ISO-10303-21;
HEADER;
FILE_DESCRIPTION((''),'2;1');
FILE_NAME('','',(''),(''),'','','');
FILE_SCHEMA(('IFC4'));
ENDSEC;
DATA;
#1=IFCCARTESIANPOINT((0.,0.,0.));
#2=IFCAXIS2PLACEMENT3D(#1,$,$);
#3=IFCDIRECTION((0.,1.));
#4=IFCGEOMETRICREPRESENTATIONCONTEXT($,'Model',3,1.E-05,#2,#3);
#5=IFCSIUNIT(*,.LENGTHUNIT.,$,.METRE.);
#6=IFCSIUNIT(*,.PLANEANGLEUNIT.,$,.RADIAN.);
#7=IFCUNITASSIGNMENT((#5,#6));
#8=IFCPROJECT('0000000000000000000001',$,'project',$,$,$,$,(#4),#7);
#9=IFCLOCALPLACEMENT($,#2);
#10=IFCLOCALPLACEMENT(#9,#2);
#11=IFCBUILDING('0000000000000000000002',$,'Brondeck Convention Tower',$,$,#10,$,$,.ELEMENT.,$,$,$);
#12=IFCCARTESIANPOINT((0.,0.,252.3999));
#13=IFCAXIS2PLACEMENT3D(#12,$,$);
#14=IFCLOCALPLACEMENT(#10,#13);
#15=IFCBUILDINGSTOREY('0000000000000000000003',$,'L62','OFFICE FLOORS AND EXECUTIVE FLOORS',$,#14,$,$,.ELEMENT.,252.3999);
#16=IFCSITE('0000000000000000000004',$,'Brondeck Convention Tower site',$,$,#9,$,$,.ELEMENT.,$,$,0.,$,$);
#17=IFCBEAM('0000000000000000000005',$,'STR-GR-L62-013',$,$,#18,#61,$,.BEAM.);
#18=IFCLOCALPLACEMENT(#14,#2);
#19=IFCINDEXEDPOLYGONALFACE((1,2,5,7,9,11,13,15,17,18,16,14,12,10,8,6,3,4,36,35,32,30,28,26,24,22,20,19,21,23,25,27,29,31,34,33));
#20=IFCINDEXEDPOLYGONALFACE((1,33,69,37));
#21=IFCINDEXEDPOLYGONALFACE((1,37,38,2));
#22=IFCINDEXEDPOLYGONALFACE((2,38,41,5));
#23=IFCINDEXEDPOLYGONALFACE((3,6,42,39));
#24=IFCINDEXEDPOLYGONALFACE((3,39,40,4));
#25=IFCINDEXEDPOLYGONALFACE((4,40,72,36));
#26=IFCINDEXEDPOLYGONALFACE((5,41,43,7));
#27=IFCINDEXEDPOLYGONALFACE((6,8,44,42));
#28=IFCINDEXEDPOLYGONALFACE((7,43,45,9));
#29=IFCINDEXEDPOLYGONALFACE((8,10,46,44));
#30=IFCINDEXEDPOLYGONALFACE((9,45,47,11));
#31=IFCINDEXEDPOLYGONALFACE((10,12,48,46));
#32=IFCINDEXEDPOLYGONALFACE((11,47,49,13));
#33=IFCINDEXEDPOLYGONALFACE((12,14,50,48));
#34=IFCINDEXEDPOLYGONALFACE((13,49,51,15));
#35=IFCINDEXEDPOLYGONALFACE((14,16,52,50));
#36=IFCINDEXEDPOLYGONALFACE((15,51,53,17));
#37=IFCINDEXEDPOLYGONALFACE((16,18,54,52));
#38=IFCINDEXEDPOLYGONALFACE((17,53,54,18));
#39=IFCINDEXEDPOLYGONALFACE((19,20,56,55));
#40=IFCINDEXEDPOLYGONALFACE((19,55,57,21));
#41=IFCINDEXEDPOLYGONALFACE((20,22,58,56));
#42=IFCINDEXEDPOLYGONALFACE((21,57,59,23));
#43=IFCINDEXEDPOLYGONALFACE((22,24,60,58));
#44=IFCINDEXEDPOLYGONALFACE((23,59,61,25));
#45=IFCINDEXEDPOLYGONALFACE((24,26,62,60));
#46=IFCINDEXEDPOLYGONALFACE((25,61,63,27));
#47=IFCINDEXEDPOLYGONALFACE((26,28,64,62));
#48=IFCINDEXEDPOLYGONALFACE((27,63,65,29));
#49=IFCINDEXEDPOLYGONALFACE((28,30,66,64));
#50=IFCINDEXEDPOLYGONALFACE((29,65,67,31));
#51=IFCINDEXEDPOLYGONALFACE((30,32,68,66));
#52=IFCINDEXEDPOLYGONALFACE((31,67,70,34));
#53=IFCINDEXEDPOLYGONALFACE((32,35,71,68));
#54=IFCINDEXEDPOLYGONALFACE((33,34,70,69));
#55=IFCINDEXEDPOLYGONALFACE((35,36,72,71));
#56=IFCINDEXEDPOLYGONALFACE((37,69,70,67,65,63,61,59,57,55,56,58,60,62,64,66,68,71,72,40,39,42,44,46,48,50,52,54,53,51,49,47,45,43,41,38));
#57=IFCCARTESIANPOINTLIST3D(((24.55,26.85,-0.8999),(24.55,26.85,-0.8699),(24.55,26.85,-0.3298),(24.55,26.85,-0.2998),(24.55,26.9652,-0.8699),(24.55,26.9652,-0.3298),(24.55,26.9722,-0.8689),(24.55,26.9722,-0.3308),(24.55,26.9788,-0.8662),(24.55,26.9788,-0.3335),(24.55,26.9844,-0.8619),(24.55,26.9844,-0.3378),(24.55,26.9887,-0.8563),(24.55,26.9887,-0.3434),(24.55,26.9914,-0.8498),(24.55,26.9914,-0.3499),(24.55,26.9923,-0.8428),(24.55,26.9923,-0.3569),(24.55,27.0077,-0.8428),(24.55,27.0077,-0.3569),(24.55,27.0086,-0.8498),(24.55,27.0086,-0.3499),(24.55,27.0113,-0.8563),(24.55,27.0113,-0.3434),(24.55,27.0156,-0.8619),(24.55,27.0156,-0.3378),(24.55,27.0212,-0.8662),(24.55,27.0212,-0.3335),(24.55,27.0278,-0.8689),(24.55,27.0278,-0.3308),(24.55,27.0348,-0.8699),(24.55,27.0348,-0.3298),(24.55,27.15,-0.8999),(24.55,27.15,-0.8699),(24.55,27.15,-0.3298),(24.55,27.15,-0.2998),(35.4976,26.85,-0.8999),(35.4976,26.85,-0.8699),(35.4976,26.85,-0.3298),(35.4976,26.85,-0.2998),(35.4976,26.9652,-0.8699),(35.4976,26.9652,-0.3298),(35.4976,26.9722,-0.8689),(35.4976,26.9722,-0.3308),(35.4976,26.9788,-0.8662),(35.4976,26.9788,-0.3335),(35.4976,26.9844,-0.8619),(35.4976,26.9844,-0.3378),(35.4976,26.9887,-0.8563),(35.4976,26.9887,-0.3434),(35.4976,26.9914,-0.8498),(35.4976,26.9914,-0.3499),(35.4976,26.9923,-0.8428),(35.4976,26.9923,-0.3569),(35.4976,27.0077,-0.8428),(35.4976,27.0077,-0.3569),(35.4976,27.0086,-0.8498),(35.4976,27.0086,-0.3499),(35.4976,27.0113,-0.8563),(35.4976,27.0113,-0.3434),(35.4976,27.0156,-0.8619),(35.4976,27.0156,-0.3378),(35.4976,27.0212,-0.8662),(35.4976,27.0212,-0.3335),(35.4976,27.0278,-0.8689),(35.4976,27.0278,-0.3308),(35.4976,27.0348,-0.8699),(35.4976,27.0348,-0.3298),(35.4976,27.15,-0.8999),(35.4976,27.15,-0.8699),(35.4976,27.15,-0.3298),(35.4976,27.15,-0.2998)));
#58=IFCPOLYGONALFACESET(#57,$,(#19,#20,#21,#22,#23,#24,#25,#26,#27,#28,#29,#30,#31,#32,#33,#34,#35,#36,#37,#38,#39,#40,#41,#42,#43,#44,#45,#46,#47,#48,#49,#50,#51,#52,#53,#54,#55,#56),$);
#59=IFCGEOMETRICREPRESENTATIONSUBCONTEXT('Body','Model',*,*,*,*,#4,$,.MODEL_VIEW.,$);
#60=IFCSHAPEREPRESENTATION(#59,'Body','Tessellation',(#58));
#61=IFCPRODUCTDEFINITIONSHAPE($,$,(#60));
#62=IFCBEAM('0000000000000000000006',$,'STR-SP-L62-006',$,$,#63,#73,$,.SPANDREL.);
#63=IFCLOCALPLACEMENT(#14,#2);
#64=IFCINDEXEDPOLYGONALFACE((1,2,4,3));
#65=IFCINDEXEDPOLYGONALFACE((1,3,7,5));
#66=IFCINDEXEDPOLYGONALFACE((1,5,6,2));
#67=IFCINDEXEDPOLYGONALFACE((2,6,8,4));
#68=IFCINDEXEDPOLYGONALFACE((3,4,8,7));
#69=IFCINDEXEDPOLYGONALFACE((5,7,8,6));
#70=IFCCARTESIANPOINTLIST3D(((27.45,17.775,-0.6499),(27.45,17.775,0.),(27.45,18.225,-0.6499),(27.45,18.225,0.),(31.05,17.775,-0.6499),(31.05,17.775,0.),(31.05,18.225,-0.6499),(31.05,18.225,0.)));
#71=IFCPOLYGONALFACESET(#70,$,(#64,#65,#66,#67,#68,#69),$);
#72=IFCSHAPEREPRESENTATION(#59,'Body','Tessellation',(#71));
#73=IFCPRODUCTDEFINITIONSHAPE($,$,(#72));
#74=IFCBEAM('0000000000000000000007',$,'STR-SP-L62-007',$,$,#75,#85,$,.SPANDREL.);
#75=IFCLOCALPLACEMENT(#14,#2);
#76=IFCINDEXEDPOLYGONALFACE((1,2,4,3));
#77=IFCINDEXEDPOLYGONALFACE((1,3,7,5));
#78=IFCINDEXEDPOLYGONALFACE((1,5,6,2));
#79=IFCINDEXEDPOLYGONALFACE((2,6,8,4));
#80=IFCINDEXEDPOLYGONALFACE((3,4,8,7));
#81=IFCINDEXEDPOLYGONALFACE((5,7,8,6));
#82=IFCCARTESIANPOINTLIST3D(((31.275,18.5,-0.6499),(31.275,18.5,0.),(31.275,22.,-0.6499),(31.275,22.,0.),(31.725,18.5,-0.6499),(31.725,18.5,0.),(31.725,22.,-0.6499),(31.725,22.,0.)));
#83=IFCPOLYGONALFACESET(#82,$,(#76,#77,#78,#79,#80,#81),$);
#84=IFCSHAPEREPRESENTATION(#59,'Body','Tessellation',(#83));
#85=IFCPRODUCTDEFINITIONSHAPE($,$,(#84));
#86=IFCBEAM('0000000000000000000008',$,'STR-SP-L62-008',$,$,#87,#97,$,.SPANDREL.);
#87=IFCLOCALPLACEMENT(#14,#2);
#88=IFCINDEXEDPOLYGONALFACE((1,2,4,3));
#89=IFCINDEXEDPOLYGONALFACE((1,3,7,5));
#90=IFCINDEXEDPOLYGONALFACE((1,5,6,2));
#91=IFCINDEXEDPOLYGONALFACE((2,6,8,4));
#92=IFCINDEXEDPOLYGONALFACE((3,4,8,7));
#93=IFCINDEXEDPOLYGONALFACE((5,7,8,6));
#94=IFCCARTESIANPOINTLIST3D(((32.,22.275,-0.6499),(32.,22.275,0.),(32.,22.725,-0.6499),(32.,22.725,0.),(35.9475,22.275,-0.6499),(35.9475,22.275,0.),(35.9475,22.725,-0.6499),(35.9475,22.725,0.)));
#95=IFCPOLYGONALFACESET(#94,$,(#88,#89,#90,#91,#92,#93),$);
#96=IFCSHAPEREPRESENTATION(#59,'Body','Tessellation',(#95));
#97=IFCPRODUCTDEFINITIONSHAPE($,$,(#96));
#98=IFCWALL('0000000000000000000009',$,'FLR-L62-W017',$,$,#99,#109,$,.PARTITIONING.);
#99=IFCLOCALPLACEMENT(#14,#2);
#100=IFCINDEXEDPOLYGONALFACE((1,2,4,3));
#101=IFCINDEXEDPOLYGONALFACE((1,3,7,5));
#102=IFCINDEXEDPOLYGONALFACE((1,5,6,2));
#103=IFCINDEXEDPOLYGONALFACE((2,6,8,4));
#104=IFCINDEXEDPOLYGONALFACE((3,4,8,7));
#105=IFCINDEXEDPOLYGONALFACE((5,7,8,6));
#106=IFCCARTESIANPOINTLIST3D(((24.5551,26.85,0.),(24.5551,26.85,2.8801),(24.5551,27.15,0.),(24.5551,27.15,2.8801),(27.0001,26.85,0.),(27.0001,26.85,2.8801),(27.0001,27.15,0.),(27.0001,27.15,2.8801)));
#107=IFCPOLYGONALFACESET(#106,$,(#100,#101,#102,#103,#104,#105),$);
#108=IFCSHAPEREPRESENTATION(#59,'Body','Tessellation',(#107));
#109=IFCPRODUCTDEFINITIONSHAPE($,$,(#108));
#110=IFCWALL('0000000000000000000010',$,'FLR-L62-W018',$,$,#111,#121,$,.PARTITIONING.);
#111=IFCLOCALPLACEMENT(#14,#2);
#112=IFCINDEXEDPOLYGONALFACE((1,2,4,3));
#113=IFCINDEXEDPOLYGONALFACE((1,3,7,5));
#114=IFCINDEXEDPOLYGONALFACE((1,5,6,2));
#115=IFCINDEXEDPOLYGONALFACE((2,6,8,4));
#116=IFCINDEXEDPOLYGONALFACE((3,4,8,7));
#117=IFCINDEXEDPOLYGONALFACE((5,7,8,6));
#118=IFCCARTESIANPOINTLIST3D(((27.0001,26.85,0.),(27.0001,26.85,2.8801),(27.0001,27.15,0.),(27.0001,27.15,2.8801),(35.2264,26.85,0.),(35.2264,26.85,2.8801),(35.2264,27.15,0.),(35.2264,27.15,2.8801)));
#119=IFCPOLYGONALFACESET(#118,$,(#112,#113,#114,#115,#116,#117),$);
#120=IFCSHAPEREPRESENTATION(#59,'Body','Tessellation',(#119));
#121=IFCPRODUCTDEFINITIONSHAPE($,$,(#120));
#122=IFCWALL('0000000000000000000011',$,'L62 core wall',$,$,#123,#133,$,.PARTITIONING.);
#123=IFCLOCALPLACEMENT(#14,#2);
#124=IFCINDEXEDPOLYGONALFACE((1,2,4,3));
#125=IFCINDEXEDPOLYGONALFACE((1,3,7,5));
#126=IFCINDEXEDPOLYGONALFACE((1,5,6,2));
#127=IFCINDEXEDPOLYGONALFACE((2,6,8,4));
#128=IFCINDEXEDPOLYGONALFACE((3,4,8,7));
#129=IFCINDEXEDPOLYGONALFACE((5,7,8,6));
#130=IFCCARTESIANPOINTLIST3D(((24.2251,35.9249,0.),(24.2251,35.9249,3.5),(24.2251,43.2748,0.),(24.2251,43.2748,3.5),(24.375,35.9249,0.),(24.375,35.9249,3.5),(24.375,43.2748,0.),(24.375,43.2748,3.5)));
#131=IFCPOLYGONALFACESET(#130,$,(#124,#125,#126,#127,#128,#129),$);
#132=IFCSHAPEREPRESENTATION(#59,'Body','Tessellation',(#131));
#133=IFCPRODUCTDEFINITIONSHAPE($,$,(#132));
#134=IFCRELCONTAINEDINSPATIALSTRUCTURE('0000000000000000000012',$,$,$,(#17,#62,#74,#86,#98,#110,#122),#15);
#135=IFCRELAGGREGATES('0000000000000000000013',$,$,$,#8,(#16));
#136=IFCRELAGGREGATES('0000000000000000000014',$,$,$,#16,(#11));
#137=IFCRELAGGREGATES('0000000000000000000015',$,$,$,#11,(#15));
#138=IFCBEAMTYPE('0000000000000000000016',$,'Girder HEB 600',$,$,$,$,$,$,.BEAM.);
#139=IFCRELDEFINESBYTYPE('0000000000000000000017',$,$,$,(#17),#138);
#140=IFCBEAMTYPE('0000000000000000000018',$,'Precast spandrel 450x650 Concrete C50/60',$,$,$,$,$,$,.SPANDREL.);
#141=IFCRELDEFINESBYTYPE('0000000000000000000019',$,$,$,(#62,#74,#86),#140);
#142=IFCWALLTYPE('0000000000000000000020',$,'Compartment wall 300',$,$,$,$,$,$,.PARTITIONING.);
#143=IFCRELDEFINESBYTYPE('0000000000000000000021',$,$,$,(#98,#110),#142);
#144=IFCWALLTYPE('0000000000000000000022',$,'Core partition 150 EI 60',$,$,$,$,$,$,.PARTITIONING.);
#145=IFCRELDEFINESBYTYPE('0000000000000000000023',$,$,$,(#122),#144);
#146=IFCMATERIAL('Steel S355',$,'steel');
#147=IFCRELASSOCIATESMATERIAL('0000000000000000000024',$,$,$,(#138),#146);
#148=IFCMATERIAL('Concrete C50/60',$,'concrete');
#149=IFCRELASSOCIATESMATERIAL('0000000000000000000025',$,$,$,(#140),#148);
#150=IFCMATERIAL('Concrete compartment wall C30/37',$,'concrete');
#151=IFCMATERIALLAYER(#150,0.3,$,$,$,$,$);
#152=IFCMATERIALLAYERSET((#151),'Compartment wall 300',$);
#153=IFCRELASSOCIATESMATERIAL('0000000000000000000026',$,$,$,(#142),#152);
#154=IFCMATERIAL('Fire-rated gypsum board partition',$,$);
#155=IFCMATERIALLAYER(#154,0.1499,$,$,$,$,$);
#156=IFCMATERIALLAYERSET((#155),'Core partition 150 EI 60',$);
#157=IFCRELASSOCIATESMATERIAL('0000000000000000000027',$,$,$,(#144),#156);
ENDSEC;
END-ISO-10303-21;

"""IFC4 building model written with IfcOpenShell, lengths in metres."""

from ifc_helpers import new_model, si_unit, direction, frame, frame_2d, origin, origin_2d, place, context, subcontext, project, spatial, rectangle, i_section, extrude, material, layer, layer_set, material_profile, profile_set, type_object, element, save


model = new_model("IFC4")

# Units and contexts
model_context = context("Model", 3, precision=1e-05, world=origin(), true_north=direction((0.0, 1.0)))
body_context = subcontext(model_context, "Body", "Model", "MODEL_VIEW")
ifc_project = project(units=[si_unit("LENGTHUNIT", "METRE"), si_unit("PLANEANGLEUNIT", "RADIAN")], contexts=[model_context])

# Site, building, storey
site_placement = place(None, origin())
site = spatial("IfcSite", under=ifc_project, at=site_placement, Name="Brondeck Convention Tower site", CompositionType="ELEMENT", RefElevation=0.0)
building_placement = place(site_placement, origin())
building = spatial("IfcBuilding", under=site, at=building_placement, Name="Brondeck Convention Tower", CompositionType="ELEMENT")
storey_placement = place(building_placement, frame((0.0, 0.0, 252.3999)))
storey = spatial("IfcBuildingStorey", under=building, at=storey_placement, Name="L62", Description="OFFICE FLOORS AND EXECUTIVE FLOORS", CompositionType="ELEMENT", Elevation=252.3999)

# Shared definitions
ifc_material_1 = material(Name="Concrete C50/60", Category="concrete")

# Beams
ifc_material_2 = material(Name="Steel S355", Category="steel")
ifc_material_profile_1 = material_profile(ifc_material_2, i_section(OverallWidth=0.3, OverallDepth=0.6001, WebThickness=0.0154, FlangeThickness=0.03, FilletRadius=0.0271, at=origin_2d()), Name="HEB 600")
ifc_profile_set_1 = profile_set([ifc_material_profile_1], Name="Steel S355")
beam_type_1 = type_object("IfcBeamType", Name="Girder HEB 600", PredefinedType="BEAM", material=ifc_profile_set_1)
beam_1_placement = place(storey_placement, frame((24.55, 27.0, -0.5999), z_axis=(1.0, 0.0, 0.0), x_axis=(0.0, 1.0, 0.0)))
element("IfcBeam", 1, at=beam_1_placement, inside=storey, type_object=beam_type_1, Name="STR-GR-L62-013", PredefinedType="BEAM", context=body_context, shape_type="SweptSolid", body=[
    extrude(i_section(OverallWidth=0.3, OverallDepth=0.6001, WebThickness=0.0154, FlangeThickness=0.03, FilletRadius=0.0271, at=origin_2d()), origin(), (0.0, 0.0, 1.0), 10.9475),
])
ifc_material_profile_2 = material_profile(ifc_material_1, rectangle(XDim=0.45, YDim=0.6499, at=origin_2d()), Name="Precast spandrel 450x650 Concrete C50/60")
ifc_profile_set_2 = profile_set([ifc_material_profile_2], Name="Concrete C50/60")
beam_type_2 = type_object("IfcBeamType", Name="Precast spandrel 450x650 Concrete C50/60", PredefinedType="SPANDREL", material=ifc_profile_set_2)
beam_2_placement = place(storey_placement, frame((27.45, 18.0, -0.325), z_axis=(1.0, 0.0, 0.0), x_axis=(0.0, 1.0, 0.0)))
element("IfcBeam", 2, at=beam_2_placement, inside=storey, type_object=beam_type_2, Name="STR-SP-L62-006", PredefinedType="SPANDREL", context=body_context, shape_type="SweptSolid", body=[
    extrude(rectangle(XDim=0.45, YDim=0.6499, at=origin_2d()), origin(), (0.0, 0.0, 1.0), 3.6001),
])
beam_3_placement = place(storey_placement, frame((31.5, 18.5, -0.325), z_axis=(0.0, 1.0, 0.0), x_axis=(-1.0, 0.0, 0.0)))
element("IfcBeam", 3, at=beam_3_placement, inside=storey, type_object=beam_type_2, Name="STR-SP-L62-007", PredefinedType="SPANDREL", context=body_context, shape_type="SweptSolid", body=[
    extrude(rectangle(XDim=0.45, YDim=0.6499, at=origin_2d()), origin(), (0.0, 0.0, 1.0), 3.5),
])
beam_4_placement = place(storey_placement, frame((32.0, 22.5, -0.325), z_axis=(1.0, 0.0, 0.0), x_axis=(0.0, 1.0, 0.0)))
element("IfcBeam", 4, at=beam_4_placement, inside=storey, type_object=beam_type_2, Name="STR-SP-L62-008", PredefinedType="SPANDREL", context=body_context, shape_type="SweptSolid", body=[
    extrude(rectangle(XDim=0.45, YDim=0.6499, at=origin_2d()), origin(), (0.0, 0.0, 1.0), 3.9475),
])

# Walls
ifc_material_3 = material(Name="Concrete compartment wall C30/37", Category="concrete")
ifc_layer_1 = layer(ifc_material_3, 0.3)
ifc_layer_set_1 = layer_set([ifc_layer_1], Name="Compartment wall 300")
wall_type_1 = type_object("IfcWallType", Name="Compartment wall 300", PredefinedType="PARTITIONING", material=ifc_layer_set_1)
wall_1_placement = place(storey_placement, frame((24.5549, 27.0, 0.0), z_axis=(0.0, 0.0, 1.0), x_axis=(1.0, 0.0, 0.0)))
element("IfcWall", 5, at=wall_1_placement, inside=storey, type_object=wall_type_1, Name="FLR-L62-W017", PredefinedType="PARTITIONING", context=body_context, shape_type="SweptSolid", body=[
    extrude(rectangle(XDim=2.4451, YDim=0.3, at=frame_2d((1.2227, 0.0))), origin(), (0.0, 0.0, 1.0), 2.8801),
])
wall_2_placement = place(storey_placement, frame((27.0, 27.0, 0.0), z_axis=(0.0, 0.0, 1.0), x_axis=(1.0, 0.0, 0.0)))
element("IfcWall", 6, at=wall_2_placement, inside=storey, type_object=wall_type_1, Name="FLR-L62-W018", PredefinedType="PARTITIONING", context=body_context, shape_type="SweptSolid", body=[
    extrude(rectangle(XDim=8.2263, YDim=0.3, at=frame_2d((4.1133, 0.0))), origin(), (0.0, 0.0, 1.0), 2.8801),
])
ifc_material_4 = material(Name="Fire-rated gypsum board partition")
ifc_layer_2 = layer(ifc_material_4, 0.1499)
ifc_layer_set_2 = layer_set([ifc_layer_2], Name="Core partition 150 EI 60")
wall_type_2 = type_object("IfcWallType", Name="Core partition 150 EI 60", PredefinedType="PARTITIONING", material=ifc_layer_set_2)
wall_3_placement = place(storey_placement, frame((24.3, 35.925, 0.0), z_axis=(0.0, 0.0, 1.0), x_axis=(0.0, 1.0, 0.0)))
element("IfcWall", 7, at=wall_3_placement, inside=storey, type_object=wall_type_2, Name="L62 core wall", PredefinedType="PARTITIONING", context=body_context, shape_type="SweptSolid", body=[
    extrude(rectangle(XDim=7.3499, YDim=0.1499, at=frame_2d((3.6748, 0.0))), origin(), (0.0, 0.0, 1.0), 3.5),
])

save(model, "model.ifc")
